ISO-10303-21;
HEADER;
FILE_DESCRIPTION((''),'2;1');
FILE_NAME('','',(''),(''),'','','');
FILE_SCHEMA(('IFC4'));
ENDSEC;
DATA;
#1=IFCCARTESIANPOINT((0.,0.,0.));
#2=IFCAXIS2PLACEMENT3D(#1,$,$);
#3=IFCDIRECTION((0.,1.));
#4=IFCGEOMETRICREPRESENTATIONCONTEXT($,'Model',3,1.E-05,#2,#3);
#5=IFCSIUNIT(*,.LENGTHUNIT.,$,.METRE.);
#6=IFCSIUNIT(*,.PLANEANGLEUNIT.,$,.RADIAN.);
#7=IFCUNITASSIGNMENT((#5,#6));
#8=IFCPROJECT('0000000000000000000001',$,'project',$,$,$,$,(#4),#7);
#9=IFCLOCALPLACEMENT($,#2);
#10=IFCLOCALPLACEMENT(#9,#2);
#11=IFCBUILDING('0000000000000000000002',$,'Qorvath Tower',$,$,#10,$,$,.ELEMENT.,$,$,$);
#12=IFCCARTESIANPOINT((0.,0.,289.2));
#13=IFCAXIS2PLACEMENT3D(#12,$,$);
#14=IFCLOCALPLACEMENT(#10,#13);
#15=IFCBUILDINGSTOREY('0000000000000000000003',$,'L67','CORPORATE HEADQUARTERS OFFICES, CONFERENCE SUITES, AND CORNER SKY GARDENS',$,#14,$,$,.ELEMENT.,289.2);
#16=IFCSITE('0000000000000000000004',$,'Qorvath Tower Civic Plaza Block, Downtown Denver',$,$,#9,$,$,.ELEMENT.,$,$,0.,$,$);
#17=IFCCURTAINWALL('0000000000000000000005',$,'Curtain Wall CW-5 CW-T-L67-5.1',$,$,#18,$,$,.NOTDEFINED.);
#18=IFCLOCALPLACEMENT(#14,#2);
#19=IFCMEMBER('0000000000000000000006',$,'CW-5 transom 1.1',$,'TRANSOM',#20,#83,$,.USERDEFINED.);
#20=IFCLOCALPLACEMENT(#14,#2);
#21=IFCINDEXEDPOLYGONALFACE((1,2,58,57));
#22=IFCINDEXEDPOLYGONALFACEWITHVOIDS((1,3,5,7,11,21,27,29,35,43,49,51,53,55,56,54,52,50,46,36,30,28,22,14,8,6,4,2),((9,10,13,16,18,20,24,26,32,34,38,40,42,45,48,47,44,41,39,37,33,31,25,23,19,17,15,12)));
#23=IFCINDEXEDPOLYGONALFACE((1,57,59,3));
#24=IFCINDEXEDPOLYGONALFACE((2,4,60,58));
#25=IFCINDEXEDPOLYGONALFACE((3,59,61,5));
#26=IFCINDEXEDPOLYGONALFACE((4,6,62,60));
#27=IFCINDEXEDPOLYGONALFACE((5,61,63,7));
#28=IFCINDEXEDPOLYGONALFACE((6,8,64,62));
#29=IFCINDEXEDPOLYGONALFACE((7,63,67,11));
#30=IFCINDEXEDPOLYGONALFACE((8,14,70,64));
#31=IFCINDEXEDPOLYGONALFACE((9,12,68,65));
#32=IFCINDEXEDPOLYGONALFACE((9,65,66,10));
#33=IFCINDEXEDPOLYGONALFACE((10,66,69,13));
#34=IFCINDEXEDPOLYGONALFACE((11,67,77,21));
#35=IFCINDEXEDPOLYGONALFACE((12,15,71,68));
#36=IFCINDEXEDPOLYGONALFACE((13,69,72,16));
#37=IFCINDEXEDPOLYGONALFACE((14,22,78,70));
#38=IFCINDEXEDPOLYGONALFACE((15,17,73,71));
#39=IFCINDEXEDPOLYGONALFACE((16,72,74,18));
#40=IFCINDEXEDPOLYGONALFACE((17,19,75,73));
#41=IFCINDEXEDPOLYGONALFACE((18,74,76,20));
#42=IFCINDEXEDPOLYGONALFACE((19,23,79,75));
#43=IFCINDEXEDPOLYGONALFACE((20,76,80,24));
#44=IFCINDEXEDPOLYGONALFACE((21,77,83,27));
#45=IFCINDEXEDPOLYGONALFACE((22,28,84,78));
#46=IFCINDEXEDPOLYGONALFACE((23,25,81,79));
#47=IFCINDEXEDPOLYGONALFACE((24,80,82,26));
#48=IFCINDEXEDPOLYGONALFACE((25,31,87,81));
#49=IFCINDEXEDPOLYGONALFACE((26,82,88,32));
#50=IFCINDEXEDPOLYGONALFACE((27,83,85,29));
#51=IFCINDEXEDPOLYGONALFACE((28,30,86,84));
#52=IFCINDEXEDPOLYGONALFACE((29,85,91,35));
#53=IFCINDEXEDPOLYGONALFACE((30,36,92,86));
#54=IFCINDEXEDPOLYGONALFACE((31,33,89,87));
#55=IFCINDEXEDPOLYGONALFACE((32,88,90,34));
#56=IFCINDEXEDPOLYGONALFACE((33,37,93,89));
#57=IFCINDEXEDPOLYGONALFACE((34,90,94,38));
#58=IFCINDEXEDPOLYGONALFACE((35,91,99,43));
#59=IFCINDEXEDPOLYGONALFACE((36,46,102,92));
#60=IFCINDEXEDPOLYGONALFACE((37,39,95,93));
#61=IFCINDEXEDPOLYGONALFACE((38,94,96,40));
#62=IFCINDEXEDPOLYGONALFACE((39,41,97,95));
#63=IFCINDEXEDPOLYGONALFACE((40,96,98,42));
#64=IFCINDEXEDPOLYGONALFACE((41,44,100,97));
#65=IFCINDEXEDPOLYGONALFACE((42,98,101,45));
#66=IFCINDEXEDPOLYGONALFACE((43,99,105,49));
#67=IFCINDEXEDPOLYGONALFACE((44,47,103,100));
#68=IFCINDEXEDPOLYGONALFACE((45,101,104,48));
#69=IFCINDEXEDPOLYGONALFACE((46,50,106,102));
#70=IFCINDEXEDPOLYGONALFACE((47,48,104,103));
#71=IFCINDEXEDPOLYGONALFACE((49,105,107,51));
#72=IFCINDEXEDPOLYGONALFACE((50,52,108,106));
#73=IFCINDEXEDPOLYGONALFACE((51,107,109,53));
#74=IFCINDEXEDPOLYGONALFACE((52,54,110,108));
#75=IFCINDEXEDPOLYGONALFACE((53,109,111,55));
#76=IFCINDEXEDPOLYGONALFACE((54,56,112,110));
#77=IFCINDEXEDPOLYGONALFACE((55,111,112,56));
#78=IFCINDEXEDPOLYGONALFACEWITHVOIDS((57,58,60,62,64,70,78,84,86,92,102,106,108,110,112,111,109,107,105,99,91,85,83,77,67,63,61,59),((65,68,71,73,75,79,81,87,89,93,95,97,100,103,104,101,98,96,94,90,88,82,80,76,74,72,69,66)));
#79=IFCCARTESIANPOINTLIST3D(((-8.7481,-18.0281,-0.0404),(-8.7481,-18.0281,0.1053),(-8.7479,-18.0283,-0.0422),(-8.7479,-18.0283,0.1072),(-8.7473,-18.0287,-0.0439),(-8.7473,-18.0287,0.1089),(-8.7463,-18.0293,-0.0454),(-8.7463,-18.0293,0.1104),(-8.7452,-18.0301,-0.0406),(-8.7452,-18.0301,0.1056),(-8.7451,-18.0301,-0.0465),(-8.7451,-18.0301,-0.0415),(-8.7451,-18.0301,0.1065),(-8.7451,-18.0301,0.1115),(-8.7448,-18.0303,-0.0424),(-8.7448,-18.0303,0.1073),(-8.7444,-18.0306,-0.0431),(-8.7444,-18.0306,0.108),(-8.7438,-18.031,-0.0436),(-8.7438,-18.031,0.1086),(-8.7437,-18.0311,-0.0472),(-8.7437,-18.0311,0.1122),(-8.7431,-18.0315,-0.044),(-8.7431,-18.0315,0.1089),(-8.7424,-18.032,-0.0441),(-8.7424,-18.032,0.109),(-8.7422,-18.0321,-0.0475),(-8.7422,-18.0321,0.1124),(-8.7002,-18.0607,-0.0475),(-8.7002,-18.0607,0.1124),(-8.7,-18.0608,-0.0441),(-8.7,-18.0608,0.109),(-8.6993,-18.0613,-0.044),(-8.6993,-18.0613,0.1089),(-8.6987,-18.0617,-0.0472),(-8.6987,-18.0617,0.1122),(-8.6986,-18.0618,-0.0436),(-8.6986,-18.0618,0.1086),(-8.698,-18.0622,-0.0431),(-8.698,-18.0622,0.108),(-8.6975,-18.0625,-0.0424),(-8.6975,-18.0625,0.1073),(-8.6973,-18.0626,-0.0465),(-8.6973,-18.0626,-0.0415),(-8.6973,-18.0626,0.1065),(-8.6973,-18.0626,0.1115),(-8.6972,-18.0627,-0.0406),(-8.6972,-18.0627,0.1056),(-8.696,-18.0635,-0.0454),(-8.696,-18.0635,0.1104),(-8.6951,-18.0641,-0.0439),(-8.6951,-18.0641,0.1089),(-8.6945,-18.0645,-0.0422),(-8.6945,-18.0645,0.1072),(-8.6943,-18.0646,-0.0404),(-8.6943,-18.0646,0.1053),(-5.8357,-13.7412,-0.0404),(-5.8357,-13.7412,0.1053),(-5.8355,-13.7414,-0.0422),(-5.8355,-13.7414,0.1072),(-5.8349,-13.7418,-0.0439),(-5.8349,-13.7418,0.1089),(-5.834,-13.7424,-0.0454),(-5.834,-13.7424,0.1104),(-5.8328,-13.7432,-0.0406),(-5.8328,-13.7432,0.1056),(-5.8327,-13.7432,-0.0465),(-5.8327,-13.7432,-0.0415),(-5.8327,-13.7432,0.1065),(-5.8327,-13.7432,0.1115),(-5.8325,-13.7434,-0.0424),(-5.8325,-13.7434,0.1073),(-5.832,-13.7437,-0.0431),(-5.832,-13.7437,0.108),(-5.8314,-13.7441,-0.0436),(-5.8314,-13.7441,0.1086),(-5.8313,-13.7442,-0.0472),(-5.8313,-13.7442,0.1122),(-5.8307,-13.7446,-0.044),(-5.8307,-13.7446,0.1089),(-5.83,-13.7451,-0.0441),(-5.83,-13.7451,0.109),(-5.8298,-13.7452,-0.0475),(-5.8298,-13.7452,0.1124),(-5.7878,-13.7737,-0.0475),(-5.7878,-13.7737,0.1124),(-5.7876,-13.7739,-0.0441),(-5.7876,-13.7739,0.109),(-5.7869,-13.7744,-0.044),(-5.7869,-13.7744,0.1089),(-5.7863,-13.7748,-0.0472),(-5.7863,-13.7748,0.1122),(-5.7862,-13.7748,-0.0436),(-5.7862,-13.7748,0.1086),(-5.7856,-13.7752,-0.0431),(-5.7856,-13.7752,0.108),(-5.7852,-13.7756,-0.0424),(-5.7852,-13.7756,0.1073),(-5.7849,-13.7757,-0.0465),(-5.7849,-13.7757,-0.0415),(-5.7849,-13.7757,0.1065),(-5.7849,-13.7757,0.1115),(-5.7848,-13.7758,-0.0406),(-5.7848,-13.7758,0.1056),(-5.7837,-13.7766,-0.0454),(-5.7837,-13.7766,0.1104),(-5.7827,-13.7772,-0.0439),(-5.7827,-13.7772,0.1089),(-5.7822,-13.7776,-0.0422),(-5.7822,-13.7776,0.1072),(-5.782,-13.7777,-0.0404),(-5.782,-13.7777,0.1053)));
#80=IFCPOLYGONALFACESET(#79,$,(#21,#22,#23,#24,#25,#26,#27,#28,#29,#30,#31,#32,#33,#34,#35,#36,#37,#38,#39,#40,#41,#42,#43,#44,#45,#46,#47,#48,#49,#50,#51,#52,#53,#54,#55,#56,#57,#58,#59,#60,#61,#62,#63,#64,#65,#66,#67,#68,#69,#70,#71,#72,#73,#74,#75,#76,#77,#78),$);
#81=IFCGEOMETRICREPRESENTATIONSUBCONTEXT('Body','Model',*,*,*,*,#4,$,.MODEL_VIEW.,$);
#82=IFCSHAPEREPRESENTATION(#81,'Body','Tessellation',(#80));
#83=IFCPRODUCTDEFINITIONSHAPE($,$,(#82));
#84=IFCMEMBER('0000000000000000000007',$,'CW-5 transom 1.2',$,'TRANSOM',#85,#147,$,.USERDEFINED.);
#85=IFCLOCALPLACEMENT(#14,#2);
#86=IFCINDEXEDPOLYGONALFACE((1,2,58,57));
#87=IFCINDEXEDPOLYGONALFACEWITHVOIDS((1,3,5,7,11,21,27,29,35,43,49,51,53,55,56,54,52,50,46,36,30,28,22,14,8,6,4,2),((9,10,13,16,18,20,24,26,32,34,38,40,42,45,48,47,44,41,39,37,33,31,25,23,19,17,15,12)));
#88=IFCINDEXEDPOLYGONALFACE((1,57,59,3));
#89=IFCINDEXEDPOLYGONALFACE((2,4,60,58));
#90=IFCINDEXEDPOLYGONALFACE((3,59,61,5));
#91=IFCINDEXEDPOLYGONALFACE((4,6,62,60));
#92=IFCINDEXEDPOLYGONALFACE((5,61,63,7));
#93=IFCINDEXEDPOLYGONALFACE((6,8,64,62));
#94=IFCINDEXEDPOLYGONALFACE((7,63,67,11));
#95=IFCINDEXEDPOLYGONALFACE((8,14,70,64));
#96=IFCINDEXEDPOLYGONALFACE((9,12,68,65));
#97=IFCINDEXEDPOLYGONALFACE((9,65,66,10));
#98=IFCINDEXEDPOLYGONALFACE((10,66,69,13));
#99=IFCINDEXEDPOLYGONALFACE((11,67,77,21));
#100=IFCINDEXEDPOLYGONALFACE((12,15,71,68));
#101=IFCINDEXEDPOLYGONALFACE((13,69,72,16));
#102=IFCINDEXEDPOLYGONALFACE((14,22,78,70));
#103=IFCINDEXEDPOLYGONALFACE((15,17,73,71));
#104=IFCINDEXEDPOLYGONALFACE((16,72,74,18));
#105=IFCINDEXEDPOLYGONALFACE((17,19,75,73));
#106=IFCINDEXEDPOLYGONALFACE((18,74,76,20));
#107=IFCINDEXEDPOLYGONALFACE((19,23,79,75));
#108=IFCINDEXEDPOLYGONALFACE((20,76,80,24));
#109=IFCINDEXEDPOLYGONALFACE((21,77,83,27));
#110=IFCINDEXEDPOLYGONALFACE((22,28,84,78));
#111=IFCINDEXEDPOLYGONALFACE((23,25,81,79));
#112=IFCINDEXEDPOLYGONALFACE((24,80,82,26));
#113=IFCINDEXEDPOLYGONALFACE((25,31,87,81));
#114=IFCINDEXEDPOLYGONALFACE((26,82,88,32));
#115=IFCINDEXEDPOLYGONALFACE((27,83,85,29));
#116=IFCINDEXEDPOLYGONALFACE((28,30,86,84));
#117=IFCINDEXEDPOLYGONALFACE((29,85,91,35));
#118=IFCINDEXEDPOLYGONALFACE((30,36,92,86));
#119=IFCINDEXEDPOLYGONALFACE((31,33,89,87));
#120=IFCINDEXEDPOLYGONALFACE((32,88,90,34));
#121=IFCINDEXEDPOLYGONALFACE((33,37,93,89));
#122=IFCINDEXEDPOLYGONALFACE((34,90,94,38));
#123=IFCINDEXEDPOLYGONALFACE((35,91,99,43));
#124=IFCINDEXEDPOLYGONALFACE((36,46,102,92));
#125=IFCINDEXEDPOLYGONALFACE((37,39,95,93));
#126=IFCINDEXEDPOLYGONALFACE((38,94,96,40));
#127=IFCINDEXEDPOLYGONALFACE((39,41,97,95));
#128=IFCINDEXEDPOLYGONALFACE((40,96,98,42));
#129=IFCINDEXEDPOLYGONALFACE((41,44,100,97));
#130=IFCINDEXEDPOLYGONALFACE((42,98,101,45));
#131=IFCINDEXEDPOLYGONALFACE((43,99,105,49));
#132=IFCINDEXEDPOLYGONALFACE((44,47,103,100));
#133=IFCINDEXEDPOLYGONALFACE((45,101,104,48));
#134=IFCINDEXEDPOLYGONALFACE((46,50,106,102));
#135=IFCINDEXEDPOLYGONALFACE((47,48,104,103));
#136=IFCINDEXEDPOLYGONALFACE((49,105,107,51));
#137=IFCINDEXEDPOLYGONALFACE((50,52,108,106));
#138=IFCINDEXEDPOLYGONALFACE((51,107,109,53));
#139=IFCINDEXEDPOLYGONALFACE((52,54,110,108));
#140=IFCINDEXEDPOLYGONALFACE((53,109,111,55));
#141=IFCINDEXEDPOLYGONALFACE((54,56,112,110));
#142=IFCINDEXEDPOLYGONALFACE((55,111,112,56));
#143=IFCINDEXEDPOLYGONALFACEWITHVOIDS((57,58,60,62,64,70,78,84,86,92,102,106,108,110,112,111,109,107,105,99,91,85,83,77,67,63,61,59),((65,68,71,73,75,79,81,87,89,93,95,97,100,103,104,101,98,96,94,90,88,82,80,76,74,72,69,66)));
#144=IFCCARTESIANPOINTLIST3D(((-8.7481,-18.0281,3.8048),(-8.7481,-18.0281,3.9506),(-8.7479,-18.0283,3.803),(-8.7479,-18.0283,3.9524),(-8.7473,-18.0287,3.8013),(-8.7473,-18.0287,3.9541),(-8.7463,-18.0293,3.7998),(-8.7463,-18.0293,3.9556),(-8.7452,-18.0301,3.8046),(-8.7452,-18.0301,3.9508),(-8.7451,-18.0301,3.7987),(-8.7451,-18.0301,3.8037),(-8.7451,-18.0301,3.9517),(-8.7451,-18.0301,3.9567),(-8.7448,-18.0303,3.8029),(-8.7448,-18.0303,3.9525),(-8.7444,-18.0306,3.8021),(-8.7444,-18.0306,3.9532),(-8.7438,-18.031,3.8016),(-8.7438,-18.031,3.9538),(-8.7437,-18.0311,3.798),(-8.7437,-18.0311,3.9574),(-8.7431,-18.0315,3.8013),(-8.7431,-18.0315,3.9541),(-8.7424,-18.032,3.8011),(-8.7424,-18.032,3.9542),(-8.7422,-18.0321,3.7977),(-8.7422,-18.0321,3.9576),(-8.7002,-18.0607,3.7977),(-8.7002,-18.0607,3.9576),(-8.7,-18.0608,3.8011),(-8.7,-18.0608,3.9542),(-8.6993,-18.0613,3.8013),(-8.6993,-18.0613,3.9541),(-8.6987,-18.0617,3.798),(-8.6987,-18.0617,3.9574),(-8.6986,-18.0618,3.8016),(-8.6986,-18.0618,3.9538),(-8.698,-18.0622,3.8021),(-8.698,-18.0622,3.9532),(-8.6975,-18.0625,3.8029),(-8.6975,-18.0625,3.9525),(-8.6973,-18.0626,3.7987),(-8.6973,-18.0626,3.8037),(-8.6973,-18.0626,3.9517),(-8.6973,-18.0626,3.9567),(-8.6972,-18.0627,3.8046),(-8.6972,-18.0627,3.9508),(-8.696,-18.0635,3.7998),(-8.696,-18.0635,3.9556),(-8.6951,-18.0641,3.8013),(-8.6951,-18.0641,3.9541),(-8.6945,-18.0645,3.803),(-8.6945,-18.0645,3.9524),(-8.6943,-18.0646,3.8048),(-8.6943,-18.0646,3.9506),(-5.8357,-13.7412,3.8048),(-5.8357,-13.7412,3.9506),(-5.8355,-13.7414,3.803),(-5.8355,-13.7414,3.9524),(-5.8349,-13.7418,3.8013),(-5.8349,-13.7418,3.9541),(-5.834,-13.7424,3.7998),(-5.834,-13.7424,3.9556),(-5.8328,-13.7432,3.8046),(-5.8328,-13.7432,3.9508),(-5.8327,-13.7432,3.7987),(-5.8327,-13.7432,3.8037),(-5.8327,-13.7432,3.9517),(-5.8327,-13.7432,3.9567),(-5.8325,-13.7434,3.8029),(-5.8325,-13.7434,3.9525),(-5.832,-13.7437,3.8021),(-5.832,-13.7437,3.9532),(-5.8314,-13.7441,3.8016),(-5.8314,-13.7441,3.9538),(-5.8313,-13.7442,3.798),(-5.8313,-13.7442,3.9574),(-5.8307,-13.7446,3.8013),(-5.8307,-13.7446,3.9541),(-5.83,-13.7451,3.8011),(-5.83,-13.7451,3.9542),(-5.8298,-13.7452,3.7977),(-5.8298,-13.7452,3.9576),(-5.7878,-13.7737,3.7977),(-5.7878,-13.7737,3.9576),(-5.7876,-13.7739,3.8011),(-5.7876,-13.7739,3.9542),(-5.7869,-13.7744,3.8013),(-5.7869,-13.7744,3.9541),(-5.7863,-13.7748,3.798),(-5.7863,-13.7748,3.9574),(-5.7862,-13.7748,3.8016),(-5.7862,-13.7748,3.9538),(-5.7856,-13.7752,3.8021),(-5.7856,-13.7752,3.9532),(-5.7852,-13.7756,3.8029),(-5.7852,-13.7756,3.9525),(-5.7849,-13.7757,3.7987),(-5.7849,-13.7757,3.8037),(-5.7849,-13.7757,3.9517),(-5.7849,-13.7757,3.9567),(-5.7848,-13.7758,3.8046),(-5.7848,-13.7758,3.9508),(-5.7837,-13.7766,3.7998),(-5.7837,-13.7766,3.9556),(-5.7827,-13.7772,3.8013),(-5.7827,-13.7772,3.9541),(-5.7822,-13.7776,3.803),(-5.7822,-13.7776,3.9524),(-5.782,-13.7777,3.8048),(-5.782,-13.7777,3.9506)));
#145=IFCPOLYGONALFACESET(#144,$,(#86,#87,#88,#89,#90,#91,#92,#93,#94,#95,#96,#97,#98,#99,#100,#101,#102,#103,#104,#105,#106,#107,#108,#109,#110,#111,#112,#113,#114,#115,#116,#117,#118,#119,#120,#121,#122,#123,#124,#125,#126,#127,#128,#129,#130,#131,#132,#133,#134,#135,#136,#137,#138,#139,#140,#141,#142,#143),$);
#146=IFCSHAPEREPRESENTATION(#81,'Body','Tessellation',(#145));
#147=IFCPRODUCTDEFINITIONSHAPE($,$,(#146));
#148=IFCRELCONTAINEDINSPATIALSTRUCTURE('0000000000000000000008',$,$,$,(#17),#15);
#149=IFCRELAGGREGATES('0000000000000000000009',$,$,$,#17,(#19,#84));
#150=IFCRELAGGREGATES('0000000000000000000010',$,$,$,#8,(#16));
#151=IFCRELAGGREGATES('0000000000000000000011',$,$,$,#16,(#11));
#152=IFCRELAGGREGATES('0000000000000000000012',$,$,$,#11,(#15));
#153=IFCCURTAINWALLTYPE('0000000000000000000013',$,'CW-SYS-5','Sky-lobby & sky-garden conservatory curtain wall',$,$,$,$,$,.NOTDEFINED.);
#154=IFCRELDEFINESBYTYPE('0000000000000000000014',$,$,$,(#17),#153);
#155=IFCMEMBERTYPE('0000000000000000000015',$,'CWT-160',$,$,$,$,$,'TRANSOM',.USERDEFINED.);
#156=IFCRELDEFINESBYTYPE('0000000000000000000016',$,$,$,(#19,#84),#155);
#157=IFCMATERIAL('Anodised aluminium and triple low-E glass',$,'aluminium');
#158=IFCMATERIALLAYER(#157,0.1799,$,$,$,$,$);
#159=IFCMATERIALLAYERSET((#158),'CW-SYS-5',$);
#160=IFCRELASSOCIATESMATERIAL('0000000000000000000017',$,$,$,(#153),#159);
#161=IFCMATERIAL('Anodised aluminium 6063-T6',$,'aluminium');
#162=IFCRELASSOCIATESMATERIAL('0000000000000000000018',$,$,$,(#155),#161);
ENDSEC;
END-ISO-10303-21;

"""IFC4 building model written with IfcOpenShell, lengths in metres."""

from ifc_helpers import new_model, si_unit, direction, frame, origin, origin_2d, place, context, subcontext, project, spatial, hollow_rectangle, extrude, material, layer, layer_set, material_profile, profile_set, type_object, element, aggregate, save


model = new_model("IFC4")

# Units and contexts
model_context = context("Model", 3, precision=1e-05, world=origin(), true_north=direction((0.0, 1.0)))
body_context = subcontext(model_context, "Body", "Model", "MODEL_VIEW")
ifc_project = project(units=[si_unit("LENGTHUNIT", "METRE"), si_unit("PLANEANGLEUNIT", "RADIAN")], contexts=[model_context])

# Site, building, storey
site_placement = place(None, origin())
site = spatial("IfcSite", under=ifc_project, at=site_placement, Name="Qorvath Tower Civic Plaza Block, Downtown Denver", CompositionType="ELEMENT", RefElevation=0.0)
building_placement = place(site_placement, origin())
building = spatial("IfcBuilding", under=site, at=building_placement, Name="Qorvath Tower", CompositionType="ELEMENT")
storey_placement = place(building_placement, frame((0.0, 0.0, 289.2)))
storey = spatial("IfcBuildingStorey", under=building, at=storey_placement, Name="L67", Description="CORPORATE HEADQUARTERS OFFICES, CONFERENCE SUITES, AND CORNER SKY GARDENS", CompositionType="ELEMENT", Elevation=289.2)

# Shared definitions
ifc_material_1 = material(Name="Anodised aluminium and triple low-E glass", Category="aluminium")
ifc_layer_1 = layer(ifc_material_1, 0.1799)
ifc_layer_set_1 = layer_set([ifc_layer_1], Name="CW-SYS-5")
curtain_wall_type = type_object("IfcCurtainWallType", Name="CW-SYS-5", Description="Sky-lobby & sky-garden conservatory curtain wall", PredefinedType="NOTDEFINED", material=ifc_layer_set_1)

# Curtain wall
curtain_wall_1_placement = place(storey_placement, origin())
curtain_wall_1 = element("IfcCurtainWall", 1, at=curtain_wall_1_placement, inside=storey, type_object=curtain_wall_type, Name="Curtain Wall CW-5 CW-T-L67-5.1", PredefinedType="NOTDEFINED")

# Members
ifc_material_2 = material(Name="Anodised aluminium 6063-T6", Category="aluminium")
ifc_material_profile_1 = material_profile(ifc_material_2, hollow_rectangle(XDim=0.0649, YDim=0.1599, WallThickness=0.0034, InnerFilletRadius=0.0034, OuterFilletRadius=0.0071, at=origin_2d()), Name="CWT 160x65")
ifc_profile_set_1 = profile_set([ifc_material_profile_1], Name="Anodised aluminium 6063-T6")
member_type_1 = type_object("IfcMemberType", Name="CWT-160", ElementType="TRANSOM", PredefinedType="USERDEFINED", material=ifc_profile_set_1)
member_1_placement = place(storey_placement, frame((-8.7212, -18.0464, 0.0325), z_axis=(0.561952, 0.82717, 0.0), x_axis=(-0.82717, 0.561952, 0.0)))
member_1 = element("IfcMember", 2, at=member_1_placement, type_object=member_type_1, Name="CW-5 transom 1.1", ObjectType="TRANSOM", PredefinedType="USERDEFINED", context=body_context, shape_type="SweptSolid", body=[
    extrude(hollow_rectangle(XDim=0.0649, YDim=0.1599, WallThickness=0.0034, InnerFilletRadius=0.0034, OuterFilletRadius=0.0071, at=origin_2d()), origin(), (0.0, 0.0, 1.0), 5.1826),
])
member_2_placement = place(storey_placement, frame((-8.7212, -18.0464, 3.8777), z_axis=(0.561952, 0.82717, 0.0), x_axis=(-0.82717, 0.561952, 0.0)))
member_2 = element("IfcMember", 3, at=member_2_placement, type_object=member_type_1, Name="CW-5 transom 1.2", ObjectType="TRANSOM", PredefinedType="USERDEFINED", context=body_context, shape_type="SweptSolid", body=[
    extrude(hollow_rectangle(XDim=0.0649, YDim=0.1599, WallThickness=0.0034, InnerFilletRadius=0.0034, OuterFilletRadius=0.0071, at=origin_2d()), origin(), (0.0, 0.0, 1.0), 5.1826),
])

aggregate(curtain_wall_1, [member_1, member_2])

save(model, "model.ifc")
